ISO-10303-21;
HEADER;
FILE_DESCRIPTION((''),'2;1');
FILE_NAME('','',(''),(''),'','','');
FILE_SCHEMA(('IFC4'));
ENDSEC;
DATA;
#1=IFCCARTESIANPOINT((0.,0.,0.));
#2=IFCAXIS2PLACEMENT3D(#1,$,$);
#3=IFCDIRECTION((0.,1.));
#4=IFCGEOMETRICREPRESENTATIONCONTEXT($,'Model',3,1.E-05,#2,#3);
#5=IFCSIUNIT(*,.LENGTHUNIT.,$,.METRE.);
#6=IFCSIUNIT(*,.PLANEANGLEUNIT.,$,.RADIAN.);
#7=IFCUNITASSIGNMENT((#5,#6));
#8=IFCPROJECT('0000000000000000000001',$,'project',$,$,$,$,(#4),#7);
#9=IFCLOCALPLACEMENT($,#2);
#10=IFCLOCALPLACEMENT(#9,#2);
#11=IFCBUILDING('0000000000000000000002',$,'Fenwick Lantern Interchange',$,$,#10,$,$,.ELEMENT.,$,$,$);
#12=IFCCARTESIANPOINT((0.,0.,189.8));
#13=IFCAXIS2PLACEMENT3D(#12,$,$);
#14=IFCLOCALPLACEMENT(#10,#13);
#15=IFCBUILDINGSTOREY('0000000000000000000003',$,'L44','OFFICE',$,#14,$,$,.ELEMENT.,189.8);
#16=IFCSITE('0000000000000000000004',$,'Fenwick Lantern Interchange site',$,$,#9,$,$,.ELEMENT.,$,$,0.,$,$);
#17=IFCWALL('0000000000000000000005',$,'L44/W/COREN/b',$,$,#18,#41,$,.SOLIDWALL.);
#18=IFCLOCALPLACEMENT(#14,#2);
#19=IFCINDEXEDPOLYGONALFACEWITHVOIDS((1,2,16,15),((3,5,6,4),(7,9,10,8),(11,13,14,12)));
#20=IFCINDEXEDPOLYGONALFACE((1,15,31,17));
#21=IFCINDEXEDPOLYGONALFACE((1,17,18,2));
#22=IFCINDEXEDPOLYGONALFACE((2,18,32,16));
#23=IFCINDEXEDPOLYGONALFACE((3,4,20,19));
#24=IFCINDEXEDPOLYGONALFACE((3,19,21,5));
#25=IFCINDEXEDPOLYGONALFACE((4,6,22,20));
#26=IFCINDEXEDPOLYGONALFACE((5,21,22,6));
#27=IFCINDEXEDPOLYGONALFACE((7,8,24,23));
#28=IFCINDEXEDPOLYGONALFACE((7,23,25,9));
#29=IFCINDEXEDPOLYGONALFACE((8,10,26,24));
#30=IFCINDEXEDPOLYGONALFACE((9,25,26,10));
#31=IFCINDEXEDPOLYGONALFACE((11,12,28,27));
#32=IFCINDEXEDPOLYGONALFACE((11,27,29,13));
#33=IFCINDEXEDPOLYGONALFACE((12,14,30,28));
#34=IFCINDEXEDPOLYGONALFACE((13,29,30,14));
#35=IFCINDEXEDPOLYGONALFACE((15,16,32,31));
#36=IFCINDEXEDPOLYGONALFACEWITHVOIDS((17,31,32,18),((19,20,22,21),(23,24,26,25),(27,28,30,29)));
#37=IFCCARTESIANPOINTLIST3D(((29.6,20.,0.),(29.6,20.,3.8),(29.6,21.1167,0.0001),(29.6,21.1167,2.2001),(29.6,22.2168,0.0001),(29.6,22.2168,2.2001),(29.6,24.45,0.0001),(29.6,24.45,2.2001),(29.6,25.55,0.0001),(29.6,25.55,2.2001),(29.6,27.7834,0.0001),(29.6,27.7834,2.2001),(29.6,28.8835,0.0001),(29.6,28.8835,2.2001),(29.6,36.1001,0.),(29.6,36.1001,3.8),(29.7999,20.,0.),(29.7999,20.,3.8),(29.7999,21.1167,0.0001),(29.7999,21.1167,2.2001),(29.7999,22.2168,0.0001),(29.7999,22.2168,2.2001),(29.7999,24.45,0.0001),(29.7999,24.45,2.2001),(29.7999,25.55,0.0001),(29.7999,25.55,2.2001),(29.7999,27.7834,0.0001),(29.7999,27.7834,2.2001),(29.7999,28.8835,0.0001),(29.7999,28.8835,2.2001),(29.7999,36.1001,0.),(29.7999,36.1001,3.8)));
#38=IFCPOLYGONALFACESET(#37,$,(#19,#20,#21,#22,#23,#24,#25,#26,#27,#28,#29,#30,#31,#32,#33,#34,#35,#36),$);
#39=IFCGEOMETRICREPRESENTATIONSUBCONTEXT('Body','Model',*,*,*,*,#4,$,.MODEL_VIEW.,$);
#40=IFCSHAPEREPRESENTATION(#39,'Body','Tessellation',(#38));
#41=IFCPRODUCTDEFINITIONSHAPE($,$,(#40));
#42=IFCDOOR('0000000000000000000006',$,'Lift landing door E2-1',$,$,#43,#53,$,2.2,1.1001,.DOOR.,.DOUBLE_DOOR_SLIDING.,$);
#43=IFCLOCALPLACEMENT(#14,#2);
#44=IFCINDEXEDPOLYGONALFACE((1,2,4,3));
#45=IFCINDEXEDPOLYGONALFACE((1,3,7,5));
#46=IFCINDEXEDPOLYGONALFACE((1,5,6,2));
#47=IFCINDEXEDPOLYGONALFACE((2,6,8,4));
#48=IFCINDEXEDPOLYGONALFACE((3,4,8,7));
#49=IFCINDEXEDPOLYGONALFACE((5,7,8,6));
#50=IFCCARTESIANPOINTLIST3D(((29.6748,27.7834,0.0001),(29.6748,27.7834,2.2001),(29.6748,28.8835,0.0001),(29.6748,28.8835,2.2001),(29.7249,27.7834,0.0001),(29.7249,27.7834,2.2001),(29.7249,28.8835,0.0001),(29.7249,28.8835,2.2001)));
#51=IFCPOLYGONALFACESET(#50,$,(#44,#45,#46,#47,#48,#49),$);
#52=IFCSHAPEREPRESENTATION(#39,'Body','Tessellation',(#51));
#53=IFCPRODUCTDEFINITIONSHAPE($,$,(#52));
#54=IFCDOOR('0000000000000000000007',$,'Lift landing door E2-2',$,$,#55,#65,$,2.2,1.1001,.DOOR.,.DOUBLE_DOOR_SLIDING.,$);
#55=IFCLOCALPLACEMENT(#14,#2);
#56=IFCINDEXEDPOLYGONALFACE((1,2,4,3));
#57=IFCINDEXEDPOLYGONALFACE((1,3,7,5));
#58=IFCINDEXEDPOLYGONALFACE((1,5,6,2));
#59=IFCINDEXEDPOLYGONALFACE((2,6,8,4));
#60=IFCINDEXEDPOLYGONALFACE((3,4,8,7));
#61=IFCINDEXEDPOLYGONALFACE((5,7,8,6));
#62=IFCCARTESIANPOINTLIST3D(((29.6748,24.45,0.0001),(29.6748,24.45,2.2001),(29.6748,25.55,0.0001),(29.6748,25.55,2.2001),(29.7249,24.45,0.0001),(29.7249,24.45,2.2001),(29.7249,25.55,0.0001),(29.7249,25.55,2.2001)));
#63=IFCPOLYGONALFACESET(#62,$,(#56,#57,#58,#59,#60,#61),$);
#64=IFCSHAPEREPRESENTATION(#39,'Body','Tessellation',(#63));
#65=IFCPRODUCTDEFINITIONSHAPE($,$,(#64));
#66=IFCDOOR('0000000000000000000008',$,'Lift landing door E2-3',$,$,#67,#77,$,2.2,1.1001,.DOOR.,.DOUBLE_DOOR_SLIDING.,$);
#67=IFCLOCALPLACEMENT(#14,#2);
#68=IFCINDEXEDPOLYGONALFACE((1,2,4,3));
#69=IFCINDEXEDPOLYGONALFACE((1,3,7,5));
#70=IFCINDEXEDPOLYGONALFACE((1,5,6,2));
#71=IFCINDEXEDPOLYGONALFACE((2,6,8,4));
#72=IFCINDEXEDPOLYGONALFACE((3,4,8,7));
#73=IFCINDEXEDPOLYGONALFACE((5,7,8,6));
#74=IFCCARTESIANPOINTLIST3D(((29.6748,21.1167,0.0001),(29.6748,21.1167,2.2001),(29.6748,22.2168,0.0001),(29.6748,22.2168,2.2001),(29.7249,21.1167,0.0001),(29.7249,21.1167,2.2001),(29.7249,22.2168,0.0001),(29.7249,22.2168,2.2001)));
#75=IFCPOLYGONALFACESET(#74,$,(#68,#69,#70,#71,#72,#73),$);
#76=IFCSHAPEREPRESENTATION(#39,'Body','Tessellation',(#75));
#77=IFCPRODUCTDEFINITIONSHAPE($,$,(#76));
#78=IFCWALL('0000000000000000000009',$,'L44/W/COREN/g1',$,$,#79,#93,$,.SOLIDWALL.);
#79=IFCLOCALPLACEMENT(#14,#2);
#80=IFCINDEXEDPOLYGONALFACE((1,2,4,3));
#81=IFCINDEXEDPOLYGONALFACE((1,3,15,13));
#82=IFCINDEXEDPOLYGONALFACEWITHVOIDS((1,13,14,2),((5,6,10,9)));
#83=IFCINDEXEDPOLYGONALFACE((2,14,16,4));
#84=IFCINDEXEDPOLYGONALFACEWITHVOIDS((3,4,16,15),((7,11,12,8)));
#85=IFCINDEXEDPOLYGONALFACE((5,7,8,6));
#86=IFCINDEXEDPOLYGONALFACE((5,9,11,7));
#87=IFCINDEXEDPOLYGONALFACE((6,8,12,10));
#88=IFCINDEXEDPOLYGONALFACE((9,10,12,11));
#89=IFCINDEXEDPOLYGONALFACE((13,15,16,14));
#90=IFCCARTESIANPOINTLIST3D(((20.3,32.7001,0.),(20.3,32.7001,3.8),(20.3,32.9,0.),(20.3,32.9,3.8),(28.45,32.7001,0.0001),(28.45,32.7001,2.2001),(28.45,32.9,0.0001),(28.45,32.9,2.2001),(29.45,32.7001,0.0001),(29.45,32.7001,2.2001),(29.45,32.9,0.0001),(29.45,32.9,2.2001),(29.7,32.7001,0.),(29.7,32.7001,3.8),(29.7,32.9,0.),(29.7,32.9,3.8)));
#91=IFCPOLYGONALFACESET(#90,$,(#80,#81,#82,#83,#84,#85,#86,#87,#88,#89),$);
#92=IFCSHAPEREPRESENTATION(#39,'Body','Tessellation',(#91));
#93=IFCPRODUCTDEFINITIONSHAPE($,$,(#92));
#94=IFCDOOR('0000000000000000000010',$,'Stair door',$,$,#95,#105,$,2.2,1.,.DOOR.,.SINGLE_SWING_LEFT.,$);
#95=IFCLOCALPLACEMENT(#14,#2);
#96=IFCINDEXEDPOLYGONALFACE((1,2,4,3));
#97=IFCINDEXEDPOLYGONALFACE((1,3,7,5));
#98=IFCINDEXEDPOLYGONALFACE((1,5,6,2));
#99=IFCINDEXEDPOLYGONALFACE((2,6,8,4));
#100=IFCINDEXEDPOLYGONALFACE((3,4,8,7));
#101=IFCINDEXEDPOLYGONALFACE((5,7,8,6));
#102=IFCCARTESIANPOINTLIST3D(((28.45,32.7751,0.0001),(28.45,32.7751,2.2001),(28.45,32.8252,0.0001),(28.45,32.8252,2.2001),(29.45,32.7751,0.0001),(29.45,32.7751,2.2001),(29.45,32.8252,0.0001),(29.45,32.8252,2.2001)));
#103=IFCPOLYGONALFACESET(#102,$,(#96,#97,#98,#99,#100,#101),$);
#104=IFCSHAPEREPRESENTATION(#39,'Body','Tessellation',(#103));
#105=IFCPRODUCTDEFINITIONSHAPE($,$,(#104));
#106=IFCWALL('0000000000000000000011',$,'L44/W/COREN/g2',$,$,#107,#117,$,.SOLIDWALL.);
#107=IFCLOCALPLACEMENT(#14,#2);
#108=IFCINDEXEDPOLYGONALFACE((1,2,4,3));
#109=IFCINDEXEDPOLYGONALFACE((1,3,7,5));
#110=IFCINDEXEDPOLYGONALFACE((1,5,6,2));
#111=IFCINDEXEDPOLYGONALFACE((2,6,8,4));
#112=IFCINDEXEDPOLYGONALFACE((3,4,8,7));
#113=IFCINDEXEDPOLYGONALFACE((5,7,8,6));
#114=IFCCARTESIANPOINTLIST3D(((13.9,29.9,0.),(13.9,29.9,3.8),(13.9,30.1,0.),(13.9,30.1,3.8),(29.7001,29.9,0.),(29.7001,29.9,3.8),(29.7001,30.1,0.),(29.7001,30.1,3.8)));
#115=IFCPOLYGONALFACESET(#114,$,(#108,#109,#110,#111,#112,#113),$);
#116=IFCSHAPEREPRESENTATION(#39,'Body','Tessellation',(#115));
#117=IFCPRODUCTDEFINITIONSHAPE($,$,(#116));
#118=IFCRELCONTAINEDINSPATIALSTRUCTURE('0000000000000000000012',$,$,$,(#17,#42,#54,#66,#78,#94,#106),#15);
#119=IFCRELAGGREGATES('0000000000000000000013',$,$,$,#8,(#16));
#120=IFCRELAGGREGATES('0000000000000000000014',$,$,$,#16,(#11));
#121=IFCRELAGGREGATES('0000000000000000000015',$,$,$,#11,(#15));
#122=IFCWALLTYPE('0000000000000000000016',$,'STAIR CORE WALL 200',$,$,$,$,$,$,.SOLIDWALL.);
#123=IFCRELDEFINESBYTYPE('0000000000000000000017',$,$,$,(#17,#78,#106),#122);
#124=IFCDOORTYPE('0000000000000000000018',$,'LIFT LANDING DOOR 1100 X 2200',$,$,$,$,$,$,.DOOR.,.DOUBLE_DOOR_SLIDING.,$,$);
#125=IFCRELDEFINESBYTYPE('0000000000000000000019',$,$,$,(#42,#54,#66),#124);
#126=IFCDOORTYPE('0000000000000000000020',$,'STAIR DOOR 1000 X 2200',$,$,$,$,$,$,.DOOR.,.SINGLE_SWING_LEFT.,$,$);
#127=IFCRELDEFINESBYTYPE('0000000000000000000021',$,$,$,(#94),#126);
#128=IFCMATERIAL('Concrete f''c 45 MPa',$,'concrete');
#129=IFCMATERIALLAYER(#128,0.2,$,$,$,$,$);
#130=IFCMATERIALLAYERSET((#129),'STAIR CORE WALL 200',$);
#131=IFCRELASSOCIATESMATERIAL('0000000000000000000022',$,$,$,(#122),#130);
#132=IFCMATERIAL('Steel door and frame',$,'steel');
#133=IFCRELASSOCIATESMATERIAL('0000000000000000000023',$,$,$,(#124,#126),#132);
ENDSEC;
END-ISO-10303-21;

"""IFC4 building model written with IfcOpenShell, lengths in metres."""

from ifc_helpers import new_model, si_unit, direction, frame, frame_2d, origin, place, context, subcontext, project, spatial, rectangle, extrude, material, layer, layer_set, type_object, element, fill, save


model = new_model("IFC4")

# Units and contexts
model_context = context("Model", 3, precision=1e-05, world=origin(), true_north=direction((0.0, 1.0)))
body_context = subcontext(model_context, "Body", "Model", "MODEL_VIEW")
ifc_project = project(units=[si_unit("LENGTHUNIT", "METRE"), si_unit("PLANEANGLEUNIT", "RADIAN")], contexts=[model_context])

# Site, building, storey
site_placement = place(None, origin())
site = spatial("IfcSite", under=ifc_project, at=site_placement, Name="Fenwick Lantern Interchange site", CompositionType="ELEMENT", RefElevation=0.0)
building_placement = place(site_placement, origin())
building = spatial("IfcBuilding", under=site, at=building_placement, Name="Fenwick Lantern Interchange", CompositionType="ELEMENT")
storey_placement = place(building_placement, frame((0.0, 0.0, 189.8)))
storey = spatial("IfcBuildingStorey", under=building, at=storey_placement, Name="L44", Description="OFFICE", CompositionType="ELEMENT", Elevation=189.8)

# Shared definitions
ifc_material_1 = material(Name="Steel door and frame", Category="steel")

# Wall, openings, doors
ifc_material_2 = material(Name="Concrete f'c 45 MPa", Category="concrete")
ifc_layer_1 = layer(ifc_material_2, 0.2)
ifc_layer_set_1 = layer_set([ifc_layer_1], Name="STAIR CORE WALL 200")
wall_type_1 = type_object("IfcWallType", Name="STAIR CORE WALL 200", PredefinedType="SOLIDWALL", material=ifc_layer_set_1)
wall_1_placement = place(storey_placement, frame((29.7, 36.1001, 0.0), z_axis=(0.0, 0.0, 1.0), x_axis=(0.0, -1.0, 0.0)))
wall_1 = element("IfcWall", 1, at=wall_1_placement, inside=storey, type_object=wall_type_1, Name="L44/W/COREN/b", PredefinedType="SOLIDWALL", context=body_context, shape_type="SweptSolid", body=[
    extrude(rectangle(XDim=16.1001, YDim=0.2, at=frame_2d((8.05, 0.0))), origin(), (0.0, 0.0, 1.0), 3.8),
])
opening_1_placement = place(wall_1_placement, frame((7.2166, 0.0, 0.0)))
opening_1 = element("IfcOpeningElement", 2, at=opening_1_placement, cuts=wall_1, PredefinedType="OPENING", context=body_context, shape_type="SweptSolid", body=[
    extrude(rectangle(XDim=1.1001, YDim=2.2, at=frame_2d((0.55, 1.1001))), frame((0.0, 0.1099, 0.0), z_axis=(0.0, -1.0, 0.0), x_axis=(1.0, 0.0, 0.0)), (0.0, 0.0, 1.0), 0.22),
])
opening_2_placement = place(wall_1_placement, frame((10.55, 0.0, 0.0)))
opening_2 = element("IfcOpeningElement", 3, at=opening_2_placement, cuts=wall_1, PredefinedType="OPENING", context=body_context, shape_type="SweptSolid", body=[
    extrude(rectangle(XDim=1.1001, YDim=2.2, at=frame_2d((0.55, 1.1001))), frame((0.0, 0.1099, 0.0), z_axis=(0.0, -1.0, 0.0), x_axis=(1.0, 0.0, 0.0)), (0.0, 0.0, 1.0), 0.22),
])
opening_3_placement = place(wall_1_placement, frame((13.8833, 0.0, 0.0)))
opening_3 = element("IfcOpeningElement", 4, at=opening_3_placement, cuts=wall_1, PredefinedType="OPENING", context=body_context, shape_type="SweptSolid", body=[
    extrude(rectangle(XDim=1.1001, YDim=2.2, at=frame_2d((0.55, 1.1001))), frame((0.0, 0.1099, 0.0), z_axis=(0.0, -1.0, 0.0), x_axis=(1.0, 0.0, 0.0)), (0.0, 0.0, 1.0), 0.22),
])
door_type_1 = type_object("IfcDoorType", Name="LIFT LANDING DOOR 1100 X 2200", OperationType="DOUBLE_DOOR_SLIDING", PredefinedType="DOOR", material=ifc_material_1)
door_1_placement = place(opening_1_placement, origin())
door_1 = element("IfcDoor", 5, at=door_1_placement, inside=storey, type_object=door_type_1, Name="Lift landing door E2-1", OperationType="DOUBLE_DOOR_SLIDING", OverallHeight=2.2, OverallWidth=1.1001, PredefinedType="DOOR", context=body_context, shape_type="SweptSolid", body=[
    extrude(rectangle(XDim=1.1001, YDim=2.2, at=frame_2d((0.55, 1.1001))), frame((0.0, 0.0249, 0.0), z_axis=(0.0, -1.0, 0.0), x_axis=(1.0, 0.0, 0.0)), (0.0, 0.0, 1.0), 0.05),
])
fill(opening_1, door_1)
door_2_placement = place(opening_2_placement, origin())
door_2 = element("IfcDoor", 6, at=door_2_placement, inside=storey, type_object=door_type_1, Name="Lift landing door E2-2", OperationType="DOUBLE_DOOR_SLIDING", OverallHeight=2.2, OverallWidth=1.1001, PredefinedType="DOOR", context=body_context, shape_type="SweptSolid", body=[
    extrude(rectangle(XDim=1.1001, YDim=2.2, at=frame_2d((0.55, 1.1001))), frame((0.0, 0.0249, 0.0), z_axis=(0.0, -1.0, 0.0), x_axis=(1.0, 0.0, 0.0)), (0.0, 0.0, 1.0), 0.05),
])
fill(opening_2, door_2)
door_3_placement = place(opening_3_placement, origin())
door_3 = element("IfcDoor", 7, at=door_3_placement, inside=storey, type_object=door_type_1, Name="Lift landing door E2-3", OperationType="DOUBLE_DOOR_SLIDING", OverallHeight=2.2, OverallWidth=1.1001, PredefinedType="DOOR", context=body_context, shape_type="SweptSolid", body=[
    extrude(rectangle(XDim=1.1001, YDim=2.2, at=frame_2d((0.55, 1.1001))), frame((0.0, 0.0249, 0.0), z_axis=(0.0, -1.0, 0.0), x_axis=(1.0, 0.0, 0.0)), (0.0, 0.0, 1.0), 0.05),
])
fill(opening_3, door_3)

# Wall, opening, door
wall_2_placement = place(storey_placement, frame((29.7, 32.8, 0.0), z_axis=(0.0, 0.0, 1.0), x_axis=(-1.0, 0.0, 0.0)))
wall_2 = element("IfcWall", 8, at=wall_2_placement, inside=storey, type_object=wall_type_1, Name="L44/W/COREN/g1", PredefinedType="SOLIDWALL", context=body_context, shape_type="SweptSolid", body=[
    extrude(rectangle(XDim=9.3999, YDim=0.2, at=frame_2d((4.7, 0.0))), origin(), (0.0, 0.0, 1.0), 3.8),
])
opening_4_placement = place(wall_2_placement, frame((0.25, 0.0, 0.0)))
opening_4 = element("IfcOpeningElement", 9, at=opening_4_placement, cuts=wall_2, PredefinedType="OPENING", context=body_context, shape_type="SweptSolid", body=[
    extrude(rectangle(XDim=1.0, YDim=2.2, at=frame_2d((0.5, 1.1001))), frame((0.0, 0.1099, 0.0), z_axis=(0.0, -1.0, 0.0), x_axis=(1.0, 0.0, 0.0)), (0.0, 0.0, 1.0), 0.22),
])
door_type_2 = type_object("IfcDoorType", Name="STAIR DOOR 1000 X 2200", OperationType="SINGLE_SWING_LEFT", PredefinedType="DOOR", material=ifc_material_1)
door_4_placement = place(opening_4_placement, origin())
door_4 = element("IfcDoor", 10, at=door_4_placement, inside=storey, type_object=door_type_2, Name="Stair door", OperationType="SINGLE_SWING_LEFT", OverallHeight=2.2, OverallWidth=1.0, PredefinedType="DOOR", context=body_context, shape_type="SweptSolid", body=[
    extrude(rectangle(XDim=1.0, YDim=2.2, at=frame_2d((0.5, 1.1001))), frame((0.0, 0.0249, 0.0), z_axis=(0.0, -1.0, 0.0), x_axis=(1.0, 0.0, 0.0)), (0.0, 0.0, 1.0), 0.05),
])
fill(opening_4, door_4)

# Wall
wall_3_placement = place(storey_placement, frame((29.7, 30.0, 0.0), z_axis=(0.0, 0.0, 1.0), x_axis=(-1.0, 0.0, 0.0)))
element("IfcWall", 11, at=wall_3_placement, inside=storey, type_object=wall_type_1, Name="L44/W/COREN/g2", PredefinedType="SOLIDWALL", context=body_context, shape_type="SweptSolid", body=[
    extrude(rectangle(XDim=15.8, YDim=0.2, at=frame_2d((7.8999, 0.0))), origin(), (0.0, 0.0, 1.0), 3.8),
])

save(model, "model.ifc")
